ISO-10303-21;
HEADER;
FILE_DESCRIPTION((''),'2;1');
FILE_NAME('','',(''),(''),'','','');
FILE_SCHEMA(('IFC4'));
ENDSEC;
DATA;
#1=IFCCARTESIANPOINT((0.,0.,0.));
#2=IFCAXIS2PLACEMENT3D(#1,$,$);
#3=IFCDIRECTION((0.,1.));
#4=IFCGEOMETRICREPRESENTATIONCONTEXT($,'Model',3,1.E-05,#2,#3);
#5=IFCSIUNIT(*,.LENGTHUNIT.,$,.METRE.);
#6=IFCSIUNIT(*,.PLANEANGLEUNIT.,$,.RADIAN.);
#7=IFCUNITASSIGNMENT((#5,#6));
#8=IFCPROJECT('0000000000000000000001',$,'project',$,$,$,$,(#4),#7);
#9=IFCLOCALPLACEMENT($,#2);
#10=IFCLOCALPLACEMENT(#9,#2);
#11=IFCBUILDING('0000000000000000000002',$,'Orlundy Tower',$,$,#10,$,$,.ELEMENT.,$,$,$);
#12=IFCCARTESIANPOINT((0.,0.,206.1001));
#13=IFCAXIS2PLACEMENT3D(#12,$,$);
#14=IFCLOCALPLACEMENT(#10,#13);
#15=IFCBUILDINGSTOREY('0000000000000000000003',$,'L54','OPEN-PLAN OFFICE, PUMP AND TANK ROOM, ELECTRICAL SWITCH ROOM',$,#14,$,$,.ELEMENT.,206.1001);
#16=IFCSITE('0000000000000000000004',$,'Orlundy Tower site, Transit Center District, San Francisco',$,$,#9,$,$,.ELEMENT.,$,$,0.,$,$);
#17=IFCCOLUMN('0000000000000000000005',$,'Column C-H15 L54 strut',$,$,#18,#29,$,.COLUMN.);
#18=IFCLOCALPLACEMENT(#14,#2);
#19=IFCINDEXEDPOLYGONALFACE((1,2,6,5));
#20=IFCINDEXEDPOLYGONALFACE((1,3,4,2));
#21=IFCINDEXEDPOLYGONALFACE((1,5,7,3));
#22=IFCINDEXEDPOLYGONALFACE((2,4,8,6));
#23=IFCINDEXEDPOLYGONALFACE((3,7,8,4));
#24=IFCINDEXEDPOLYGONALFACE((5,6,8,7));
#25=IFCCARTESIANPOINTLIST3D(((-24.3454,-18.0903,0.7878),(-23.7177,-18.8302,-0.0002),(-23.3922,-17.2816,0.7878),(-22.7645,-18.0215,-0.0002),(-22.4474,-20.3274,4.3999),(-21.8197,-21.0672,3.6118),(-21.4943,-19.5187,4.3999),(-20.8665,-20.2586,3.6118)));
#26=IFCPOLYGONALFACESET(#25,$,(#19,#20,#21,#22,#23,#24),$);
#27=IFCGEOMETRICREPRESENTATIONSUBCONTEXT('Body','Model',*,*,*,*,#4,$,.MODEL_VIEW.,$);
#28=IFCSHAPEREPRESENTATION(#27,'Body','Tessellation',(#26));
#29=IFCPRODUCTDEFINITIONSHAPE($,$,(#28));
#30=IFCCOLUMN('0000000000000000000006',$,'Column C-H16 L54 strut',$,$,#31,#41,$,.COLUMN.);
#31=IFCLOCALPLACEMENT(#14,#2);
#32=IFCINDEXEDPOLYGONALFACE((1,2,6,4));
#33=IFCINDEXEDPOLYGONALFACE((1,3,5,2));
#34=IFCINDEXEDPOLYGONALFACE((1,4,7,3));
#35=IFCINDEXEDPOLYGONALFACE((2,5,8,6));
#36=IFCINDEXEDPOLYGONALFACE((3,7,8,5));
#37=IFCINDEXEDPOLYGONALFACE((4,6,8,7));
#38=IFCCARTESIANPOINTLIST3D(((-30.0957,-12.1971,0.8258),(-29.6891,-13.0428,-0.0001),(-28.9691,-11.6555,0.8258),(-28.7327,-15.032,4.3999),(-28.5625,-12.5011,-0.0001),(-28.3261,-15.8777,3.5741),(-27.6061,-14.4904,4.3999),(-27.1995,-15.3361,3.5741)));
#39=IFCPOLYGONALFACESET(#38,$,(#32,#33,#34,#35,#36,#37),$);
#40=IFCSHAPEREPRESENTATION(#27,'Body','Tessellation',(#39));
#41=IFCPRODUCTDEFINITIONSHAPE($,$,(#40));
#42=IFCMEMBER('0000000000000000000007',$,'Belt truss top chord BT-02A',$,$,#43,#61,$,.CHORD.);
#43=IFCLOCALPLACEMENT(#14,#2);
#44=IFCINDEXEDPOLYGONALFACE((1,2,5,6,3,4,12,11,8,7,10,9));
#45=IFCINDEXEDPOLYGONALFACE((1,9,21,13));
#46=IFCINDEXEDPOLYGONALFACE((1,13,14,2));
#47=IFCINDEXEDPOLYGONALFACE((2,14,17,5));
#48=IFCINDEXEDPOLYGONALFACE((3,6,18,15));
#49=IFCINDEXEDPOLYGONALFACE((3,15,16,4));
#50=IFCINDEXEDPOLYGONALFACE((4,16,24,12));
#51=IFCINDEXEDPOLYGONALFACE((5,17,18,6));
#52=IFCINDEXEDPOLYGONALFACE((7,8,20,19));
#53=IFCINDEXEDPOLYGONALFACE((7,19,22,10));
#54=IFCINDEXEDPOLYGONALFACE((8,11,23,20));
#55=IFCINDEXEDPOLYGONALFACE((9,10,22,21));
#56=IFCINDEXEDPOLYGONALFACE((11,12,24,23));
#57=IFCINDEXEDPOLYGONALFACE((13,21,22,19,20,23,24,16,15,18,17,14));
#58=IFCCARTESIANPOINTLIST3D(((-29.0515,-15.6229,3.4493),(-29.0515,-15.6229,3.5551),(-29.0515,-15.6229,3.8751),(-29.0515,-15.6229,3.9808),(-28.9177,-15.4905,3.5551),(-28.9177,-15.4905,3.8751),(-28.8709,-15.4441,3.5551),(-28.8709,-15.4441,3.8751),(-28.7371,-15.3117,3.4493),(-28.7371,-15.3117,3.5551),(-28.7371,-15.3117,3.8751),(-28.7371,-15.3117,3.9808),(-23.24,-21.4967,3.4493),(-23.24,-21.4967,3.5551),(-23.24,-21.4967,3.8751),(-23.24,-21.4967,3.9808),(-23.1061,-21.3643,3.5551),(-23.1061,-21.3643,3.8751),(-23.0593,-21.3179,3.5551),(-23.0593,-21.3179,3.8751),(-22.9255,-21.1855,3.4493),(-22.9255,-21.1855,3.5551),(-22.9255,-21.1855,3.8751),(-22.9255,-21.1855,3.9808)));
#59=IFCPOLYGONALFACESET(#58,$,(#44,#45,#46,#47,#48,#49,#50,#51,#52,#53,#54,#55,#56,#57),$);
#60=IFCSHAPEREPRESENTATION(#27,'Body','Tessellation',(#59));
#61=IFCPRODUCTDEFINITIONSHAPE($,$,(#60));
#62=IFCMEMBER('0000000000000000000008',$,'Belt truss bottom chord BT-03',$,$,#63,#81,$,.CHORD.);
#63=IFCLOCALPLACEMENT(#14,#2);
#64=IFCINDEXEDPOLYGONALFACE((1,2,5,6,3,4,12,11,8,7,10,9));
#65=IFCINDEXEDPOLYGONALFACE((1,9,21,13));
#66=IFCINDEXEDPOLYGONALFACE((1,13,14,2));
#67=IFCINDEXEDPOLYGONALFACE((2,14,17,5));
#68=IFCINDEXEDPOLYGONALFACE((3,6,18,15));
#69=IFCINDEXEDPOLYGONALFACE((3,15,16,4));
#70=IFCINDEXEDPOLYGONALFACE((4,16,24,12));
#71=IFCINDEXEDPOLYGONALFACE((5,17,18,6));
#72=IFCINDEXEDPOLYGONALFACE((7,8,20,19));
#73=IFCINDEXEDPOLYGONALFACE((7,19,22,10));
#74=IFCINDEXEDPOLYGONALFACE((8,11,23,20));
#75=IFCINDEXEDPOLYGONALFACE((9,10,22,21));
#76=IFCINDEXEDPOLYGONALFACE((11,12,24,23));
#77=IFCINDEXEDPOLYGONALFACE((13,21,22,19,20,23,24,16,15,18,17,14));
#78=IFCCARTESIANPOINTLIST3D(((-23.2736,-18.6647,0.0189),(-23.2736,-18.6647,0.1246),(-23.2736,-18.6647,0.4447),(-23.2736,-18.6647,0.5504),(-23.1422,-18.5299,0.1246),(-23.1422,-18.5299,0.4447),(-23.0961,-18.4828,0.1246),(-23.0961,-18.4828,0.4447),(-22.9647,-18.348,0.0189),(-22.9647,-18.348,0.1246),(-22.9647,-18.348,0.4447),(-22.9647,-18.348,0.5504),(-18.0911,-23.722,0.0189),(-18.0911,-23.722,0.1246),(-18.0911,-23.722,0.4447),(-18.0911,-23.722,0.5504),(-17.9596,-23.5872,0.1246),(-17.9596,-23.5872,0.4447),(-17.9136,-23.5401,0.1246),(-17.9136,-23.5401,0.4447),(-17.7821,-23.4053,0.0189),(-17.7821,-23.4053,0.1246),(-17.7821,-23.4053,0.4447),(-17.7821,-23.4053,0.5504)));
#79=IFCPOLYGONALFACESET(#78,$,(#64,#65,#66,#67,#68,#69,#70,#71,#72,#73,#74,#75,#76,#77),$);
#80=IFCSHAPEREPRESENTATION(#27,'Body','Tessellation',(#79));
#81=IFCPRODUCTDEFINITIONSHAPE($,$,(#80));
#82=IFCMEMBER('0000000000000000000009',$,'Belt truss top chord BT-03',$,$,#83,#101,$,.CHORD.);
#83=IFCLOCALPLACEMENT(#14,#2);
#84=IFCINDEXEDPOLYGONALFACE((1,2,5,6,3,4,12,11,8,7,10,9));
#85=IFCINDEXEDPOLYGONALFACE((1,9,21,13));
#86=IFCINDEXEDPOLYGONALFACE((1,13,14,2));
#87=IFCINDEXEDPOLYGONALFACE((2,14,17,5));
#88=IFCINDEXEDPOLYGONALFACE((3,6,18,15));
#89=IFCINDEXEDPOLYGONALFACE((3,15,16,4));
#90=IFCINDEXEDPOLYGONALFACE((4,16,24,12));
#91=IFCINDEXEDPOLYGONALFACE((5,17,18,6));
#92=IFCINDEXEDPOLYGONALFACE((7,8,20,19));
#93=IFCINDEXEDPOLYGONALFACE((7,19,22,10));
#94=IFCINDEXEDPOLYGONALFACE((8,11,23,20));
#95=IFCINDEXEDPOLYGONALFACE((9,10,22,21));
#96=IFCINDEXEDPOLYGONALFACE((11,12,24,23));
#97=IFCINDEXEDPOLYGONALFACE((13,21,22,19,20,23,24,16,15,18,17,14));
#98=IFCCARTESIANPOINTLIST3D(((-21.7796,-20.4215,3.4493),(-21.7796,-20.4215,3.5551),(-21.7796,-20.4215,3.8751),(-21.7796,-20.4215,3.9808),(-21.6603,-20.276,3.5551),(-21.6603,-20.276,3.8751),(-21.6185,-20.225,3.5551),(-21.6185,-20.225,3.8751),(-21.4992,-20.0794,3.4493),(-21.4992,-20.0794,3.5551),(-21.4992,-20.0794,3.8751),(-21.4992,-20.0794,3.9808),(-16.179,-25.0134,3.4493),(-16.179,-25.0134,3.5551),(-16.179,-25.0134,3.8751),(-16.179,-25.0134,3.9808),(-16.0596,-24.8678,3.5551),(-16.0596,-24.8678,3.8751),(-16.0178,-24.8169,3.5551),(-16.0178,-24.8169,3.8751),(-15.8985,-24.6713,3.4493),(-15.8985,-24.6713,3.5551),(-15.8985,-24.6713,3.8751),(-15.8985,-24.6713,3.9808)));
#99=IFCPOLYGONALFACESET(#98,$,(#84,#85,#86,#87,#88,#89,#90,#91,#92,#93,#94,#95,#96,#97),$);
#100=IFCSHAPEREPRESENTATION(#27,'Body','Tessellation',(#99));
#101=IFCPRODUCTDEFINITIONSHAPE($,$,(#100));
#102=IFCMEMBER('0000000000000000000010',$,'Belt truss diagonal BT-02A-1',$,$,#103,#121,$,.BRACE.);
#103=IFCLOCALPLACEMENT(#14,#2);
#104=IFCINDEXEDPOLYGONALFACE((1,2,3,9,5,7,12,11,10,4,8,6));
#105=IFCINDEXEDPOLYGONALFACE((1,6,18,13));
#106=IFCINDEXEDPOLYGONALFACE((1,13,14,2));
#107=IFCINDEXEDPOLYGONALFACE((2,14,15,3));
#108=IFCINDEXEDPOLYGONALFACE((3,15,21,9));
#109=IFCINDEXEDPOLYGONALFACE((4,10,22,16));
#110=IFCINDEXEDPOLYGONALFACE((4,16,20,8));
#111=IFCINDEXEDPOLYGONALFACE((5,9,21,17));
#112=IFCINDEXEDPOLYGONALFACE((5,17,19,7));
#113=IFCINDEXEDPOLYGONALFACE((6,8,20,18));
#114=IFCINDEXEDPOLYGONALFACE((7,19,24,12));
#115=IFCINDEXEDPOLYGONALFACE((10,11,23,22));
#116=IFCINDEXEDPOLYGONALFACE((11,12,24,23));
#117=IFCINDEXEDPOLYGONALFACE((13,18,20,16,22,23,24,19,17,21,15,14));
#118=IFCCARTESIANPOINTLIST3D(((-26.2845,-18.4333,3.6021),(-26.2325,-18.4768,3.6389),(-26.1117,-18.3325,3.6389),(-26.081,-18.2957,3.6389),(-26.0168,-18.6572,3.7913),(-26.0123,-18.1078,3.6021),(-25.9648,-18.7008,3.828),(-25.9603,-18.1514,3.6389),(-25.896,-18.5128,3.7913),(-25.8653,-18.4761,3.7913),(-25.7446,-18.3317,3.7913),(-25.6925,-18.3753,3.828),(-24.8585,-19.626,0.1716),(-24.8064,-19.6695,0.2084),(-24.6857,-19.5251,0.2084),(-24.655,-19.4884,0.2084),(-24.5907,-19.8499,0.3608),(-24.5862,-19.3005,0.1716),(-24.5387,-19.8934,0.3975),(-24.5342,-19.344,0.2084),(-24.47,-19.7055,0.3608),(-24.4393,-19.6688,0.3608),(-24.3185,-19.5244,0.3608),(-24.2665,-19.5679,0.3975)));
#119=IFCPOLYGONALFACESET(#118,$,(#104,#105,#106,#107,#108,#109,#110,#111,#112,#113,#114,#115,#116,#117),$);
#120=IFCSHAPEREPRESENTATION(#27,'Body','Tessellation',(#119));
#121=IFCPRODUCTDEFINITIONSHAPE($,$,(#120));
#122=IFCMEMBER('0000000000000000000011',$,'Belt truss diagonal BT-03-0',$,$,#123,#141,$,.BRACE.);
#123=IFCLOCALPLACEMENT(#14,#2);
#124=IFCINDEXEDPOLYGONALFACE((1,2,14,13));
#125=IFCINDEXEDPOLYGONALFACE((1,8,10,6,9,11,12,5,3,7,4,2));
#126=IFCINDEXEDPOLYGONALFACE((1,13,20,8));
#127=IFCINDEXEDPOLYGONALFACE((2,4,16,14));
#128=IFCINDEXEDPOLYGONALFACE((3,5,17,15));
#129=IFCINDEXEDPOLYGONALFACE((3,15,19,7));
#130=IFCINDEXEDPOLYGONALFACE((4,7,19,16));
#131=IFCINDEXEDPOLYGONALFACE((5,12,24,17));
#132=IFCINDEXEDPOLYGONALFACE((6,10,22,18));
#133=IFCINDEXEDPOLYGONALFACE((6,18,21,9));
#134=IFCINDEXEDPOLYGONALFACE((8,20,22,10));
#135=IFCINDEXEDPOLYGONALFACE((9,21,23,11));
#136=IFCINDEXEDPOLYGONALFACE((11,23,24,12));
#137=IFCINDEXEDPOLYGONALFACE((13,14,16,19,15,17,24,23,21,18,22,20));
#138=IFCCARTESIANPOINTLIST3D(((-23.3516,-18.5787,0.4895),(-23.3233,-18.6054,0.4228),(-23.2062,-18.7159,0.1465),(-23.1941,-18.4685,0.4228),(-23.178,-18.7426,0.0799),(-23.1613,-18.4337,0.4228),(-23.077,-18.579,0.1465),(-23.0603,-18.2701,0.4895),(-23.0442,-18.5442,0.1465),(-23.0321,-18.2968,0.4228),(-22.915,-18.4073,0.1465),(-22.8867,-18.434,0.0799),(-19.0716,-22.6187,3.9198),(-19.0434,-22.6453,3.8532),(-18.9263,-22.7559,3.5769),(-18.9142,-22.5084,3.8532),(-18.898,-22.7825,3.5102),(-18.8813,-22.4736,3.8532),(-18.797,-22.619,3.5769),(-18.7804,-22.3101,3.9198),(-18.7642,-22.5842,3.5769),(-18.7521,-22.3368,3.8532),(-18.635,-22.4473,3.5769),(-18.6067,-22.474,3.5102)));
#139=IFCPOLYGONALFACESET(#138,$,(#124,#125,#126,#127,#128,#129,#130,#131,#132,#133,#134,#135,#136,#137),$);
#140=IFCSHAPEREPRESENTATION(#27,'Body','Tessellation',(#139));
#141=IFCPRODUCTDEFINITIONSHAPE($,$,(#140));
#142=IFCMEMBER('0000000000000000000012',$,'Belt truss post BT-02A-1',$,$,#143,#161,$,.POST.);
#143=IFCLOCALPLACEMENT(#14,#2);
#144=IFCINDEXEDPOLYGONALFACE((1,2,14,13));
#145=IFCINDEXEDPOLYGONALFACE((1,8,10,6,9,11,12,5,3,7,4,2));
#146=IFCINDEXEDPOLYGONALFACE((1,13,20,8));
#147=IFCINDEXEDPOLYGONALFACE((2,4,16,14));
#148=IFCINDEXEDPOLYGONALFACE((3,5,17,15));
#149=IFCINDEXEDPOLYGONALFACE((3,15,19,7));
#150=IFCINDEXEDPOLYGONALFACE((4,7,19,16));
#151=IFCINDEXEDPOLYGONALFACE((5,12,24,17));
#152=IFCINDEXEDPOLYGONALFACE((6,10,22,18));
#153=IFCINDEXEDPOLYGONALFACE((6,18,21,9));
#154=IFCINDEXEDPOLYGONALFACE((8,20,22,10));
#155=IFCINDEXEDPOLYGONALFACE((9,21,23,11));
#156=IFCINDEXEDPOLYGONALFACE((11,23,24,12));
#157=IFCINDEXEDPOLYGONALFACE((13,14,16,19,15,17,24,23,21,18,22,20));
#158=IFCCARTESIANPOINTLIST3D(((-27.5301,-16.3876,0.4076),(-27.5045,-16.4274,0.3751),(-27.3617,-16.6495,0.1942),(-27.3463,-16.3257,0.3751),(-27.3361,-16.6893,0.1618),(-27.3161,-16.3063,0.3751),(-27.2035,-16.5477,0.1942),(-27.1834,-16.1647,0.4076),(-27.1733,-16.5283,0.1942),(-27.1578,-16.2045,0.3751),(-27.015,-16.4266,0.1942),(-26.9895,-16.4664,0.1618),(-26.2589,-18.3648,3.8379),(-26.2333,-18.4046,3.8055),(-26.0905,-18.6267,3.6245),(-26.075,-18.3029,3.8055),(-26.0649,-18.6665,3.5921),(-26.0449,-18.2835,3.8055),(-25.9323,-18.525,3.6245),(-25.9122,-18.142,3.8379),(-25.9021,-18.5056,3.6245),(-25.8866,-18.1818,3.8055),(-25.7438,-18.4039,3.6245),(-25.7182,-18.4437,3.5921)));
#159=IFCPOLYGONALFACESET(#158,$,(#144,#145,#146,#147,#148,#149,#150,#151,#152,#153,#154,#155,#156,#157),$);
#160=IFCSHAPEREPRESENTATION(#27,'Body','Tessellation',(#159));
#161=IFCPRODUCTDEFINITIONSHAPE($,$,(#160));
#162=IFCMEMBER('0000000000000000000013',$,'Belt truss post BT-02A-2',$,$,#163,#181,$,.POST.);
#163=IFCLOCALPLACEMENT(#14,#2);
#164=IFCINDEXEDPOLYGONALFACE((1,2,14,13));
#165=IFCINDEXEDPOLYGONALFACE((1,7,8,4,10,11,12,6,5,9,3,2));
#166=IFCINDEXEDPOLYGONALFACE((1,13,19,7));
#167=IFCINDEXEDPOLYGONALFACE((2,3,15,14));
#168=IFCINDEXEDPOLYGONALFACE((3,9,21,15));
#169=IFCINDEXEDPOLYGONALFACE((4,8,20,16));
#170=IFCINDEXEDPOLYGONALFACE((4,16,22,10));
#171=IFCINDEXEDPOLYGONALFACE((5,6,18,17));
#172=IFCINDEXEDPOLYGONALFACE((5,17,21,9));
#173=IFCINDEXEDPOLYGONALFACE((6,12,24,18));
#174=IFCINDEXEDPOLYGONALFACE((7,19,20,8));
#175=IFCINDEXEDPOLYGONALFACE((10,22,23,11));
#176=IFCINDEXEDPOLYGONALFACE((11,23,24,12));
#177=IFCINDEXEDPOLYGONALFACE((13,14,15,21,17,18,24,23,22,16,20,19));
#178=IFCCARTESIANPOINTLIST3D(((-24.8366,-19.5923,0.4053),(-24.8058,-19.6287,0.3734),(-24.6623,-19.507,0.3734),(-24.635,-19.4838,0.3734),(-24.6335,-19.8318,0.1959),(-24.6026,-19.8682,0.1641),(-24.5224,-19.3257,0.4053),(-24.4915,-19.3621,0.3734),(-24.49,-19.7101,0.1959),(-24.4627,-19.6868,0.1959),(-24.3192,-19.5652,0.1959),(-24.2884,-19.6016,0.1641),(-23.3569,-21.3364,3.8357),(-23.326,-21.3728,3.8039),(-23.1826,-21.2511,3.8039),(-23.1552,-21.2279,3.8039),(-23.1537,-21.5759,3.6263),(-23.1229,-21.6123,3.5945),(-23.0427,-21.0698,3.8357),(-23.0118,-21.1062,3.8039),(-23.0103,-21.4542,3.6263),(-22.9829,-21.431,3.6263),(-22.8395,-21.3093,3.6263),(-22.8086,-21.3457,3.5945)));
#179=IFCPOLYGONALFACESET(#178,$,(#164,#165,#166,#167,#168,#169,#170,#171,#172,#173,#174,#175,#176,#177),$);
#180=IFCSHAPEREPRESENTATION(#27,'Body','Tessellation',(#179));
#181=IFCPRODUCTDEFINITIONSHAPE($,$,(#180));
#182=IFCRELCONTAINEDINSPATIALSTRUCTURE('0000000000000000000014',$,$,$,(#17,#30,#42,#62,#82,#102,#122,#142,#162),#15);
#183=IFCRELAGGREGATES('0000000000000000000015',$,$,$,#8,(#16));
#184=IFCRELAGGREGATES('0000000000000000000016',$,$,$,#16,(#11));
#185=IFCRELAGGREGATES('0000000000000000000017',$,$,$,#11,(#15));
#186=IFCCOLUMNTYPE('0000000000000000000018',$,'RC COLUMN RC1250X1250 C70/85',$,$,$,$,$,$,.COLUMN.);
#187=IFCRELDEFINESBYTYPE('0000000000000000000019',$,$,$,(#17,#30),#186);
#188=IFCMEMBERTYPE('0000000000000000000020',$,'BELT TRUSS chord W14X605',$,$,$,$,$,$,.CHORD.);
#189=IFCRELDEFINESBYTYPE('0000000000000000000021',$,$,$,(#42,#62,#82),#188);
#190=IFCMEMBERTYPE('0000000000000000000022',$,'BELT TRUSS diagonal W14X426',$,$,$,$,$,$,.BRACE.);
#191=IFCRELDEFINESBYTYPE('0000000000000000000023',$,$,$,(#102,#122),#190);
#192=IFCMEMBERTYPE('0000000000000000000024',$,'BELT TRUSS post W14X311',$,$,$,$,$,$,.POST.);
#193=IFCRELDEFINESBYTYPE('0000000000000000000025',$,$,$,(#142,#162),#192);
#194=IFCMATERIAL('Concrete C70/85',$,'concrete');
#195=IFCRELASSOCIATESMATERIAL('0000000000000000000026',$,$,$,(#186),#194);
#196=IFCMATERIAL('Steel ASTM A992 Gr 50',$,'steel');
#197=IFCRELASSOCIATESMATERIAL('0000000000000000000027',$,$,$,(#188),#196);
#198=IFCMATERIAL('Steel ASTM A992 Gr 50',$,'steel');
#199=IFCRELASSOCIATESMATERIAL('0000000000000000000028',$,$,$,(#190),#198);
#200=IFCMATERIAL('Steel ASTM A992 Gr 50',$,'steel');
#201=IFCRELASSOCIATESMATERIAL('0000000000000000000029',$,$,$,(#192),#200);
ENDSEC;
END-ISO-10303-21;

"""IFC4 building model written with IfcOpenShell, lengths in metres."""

from ifc_helpers import new_model, si_unit, direction, frame, origin, origin_2d, place, context, subcontext, project, spatial, rectangle, i_section, extrude, material, material_profile, profile_set, type_object, element, save


model = new_model("IFC4")

# Units and contexts
model_context = context("Model", 3, precision=1e-05, world=origin(), true_north=direction((0.0, 1.0)))
body_context = subcontext(model_context, "Body", "Model", "MODEL_VIEW")
ifc_project = project(units=[si_unit("LENGTHUNIT", "METRE"), si_unit("PLANEANGLEUNIT", "RADIAN")], contexts=[model_context])

# Site, building, storey
site_placement = place(None, origin())
site = spatial("IfcSite", under=ifc_project, at=site_placement, Name="Orlundy Tower site, Transit Center District, San Francisco", CompositionType="ELEMENT", RefElevation=0.0)
building_placement = place(site_placement, origin())
building = spatial("IfcBuilding", under=site, at=building_placement, Name="Orlundy Tower", CompositionType="ELEMENT")
storey_placement = place(building_placement, frame((0.0, 0.0, 206.1001)))
storey = spatial("IfcBuildingStorey", under=building, at=storey_placement, Name="L54", Description="OPEN-PLAN OFFICE, PUMP AND TANK ROOM, ELECTRICAL SWITCH ROOM", CompositionType="ELEMENT", Elevation=206.1001)

# Columns
ifc_material_1 = material(Name="Concrete C70/85", Category="concrete")
ifc_material_profile_1 = material_profile(ifc_material_1, rectangle(XDim=1.25, YDim=1.25, at=origin_2d()), Name="RC1250X1250")
ifc_profile_set_1 = profile_set([ifc_material_profile_1], Name="Concrete C70/85")
column_type = type_object("IfcColumnType", Name="RC COLUMN RC1250X1250 C70/85", PredefinedType="COLUMN", material=ifc_profile_set_1)
column_1_placement = place(storey_placement, frame((-23.5549, -18.0559, 0.3938), z_axis=(0.407868, -0.480742, 0.776229), x_axis=(0.762537, 0.646945, 0.0)))
element("IfcColumn", 1, at=column_1_placement, inside=storey, type_object=column_type, Name="Column C-H15 L54 strut", PredefinedType="COLUMN", context=body_context, shape_type="SweptSolid", body=[
    extrude(rectangle(XDim=1.25, YDim=1.25, at=origin_2d()), origin(), (0.0, 0.0, 1.0), 4.6533),
])
column_2_placement = place(storey_placement, frame((-29.3291, -12.3491, 0.4128), z_axis=(0.286275, -0.595418, 0.750682), x_axis=(0.901243, 0.433314, 0.0)))
element("IfcColumn", 2, at=column_2_placement, inside=storey, type_object=column_type, Name="Column C-H16 L54 strut", PredefinedType="COLUMN", context=body_context, shape_type="SweptSolid", body=[
    extrude(rectangle(XDim=1.25, YDim=1.25, at=origin_2d()), origin(), (0.0, 0.0, 1.0), 4.7612),
])

# Members
ifc_material_2 = material(Name="Steel ASTM A992 Gr 50", Category="steel")
ifc_material_profile_2 = material_profile(ifc_material_2, i_section(OverallWidth=0.4424, OverallDepth=0.5315, WebThickness=0.0659, FlangeThickness=0.1057, at=origin_2d()), Name="W14X605")
ifc_profile_set_2 = profile_set([ifc_material_profile_2], Name="Steel ASTM A992 Gr 50")
member_type_1 = type_object("IfcMemberType", Name="BELT TRUSS chord W14X605", PredefinedType="CHORD", material=ifc_profile_set_2)
member_1_placement = place(storey_placement, frame((-28.8943, -15.4673, 3.7151), z_axis=(0.70333, -0.710864, 0.0), x_axis=(0.710864, 0.70333, 0.0)))
element("IfcMember", 3, at=member_1_placement, inside=storey, type_object=member_type_1, Name="Belt truss top chord BT-02A", PredefinedType="CHORD", context=body_context, shape_type="SweptSolid", body=[
    extrude(i_section(OverallWidth=0.4424, OverallDepth=0.5315, WebThickness=0.0659, FlangeThickness=0.1057, at=origin_2d()), origin(), (0.0, 0.0, 1.0), 8.2629),
])
member_2_placement = place(storey_placement, frame((-23.1191, -18.5063, 0.2847), z_axis=(0.715702, -0.698406, 0.0), x_axis=(0.698406, 0.715702, 0.0)))
element("IfcMember", 4, at=member_2_placement, inside=storey, type_object=member_type_1, Name="Belt truss bottom chord BT-03", PredefinedType="CHORD", context=body_context, shape_type="SweptSolid", body=[
    extrude(i_section(OverallWidth=0.4424, OverallDepth=0.5315, WebThickness=0.0659, FlangeThickness=0.1057, at=origin_2d()), origin(), (0.0, 0.0, 1.0), 7.2412),
])
member_3_placement = place(storey_placement, frame((-21.6394, -20.2505, 3.7151), z_axis=(0.773314, -0.634023, 0.0), x_axis=(0.634023, 0.773314, 0.0)))
element("IfcMember", 5, at=member_3_placement, inside=storey, type_object=member_type_1, Name="Belt truss top chord BT-03", PredefinedType="CHORD", context=body_context, shape_type="SweptSolid", body=[
    extrude(i_section(OverallWidth=0.4424, OverallDepth=0.5315, WebThickness=0.0659, FlangeThickness=0.1057, at=origin_2d()), origin(), (0.0, 0.0, 1.0), 7.2424),
])
ifc_material_3 = material(Name="Steel ASTM A992 Gr 50", Category="steel")
ifc_material_profile_3 = material_profile(ifc_material_3, i_section(OverallWidth=0.4243, OverallDepth=0.4741, WebThickness=0.0479, FlangeThickness=0.0771, at=origin_2d()), Name="W14X426")
ifc_profile_set_3 = profile_set([ifc_material_profile_3], Name="Steel ASTM A992 Gr 50")
member_type_2 = type_object("IfcMemberType", Name="BELT TRUSS diagonal W14X426", PredefinedType="BRACE", material=ifc_profile_set_3)
member_4_placement = place(storey_placement, frame((-25.9885, -18.4043, 3.7151), z_axis=(0.365483, -0.305664, -0.879199), x_axis=(0.64154, 0.76709, 0.0)))
element("IfcMember", 6, at=member_4_placement, inside=storey, type_object=member_type_2, Name="Belt truss diagonal BT-02A-1", PredefinedType="BRACE", context=body_context, shape_type="SweptSolid", body=[
    extrude(i_section(OverallWidth=0.4243, OverallDepth=0.4741, WebThickness=0.0479, FlangeThickness=0.0771, at=origin_2d()), origin(), (0.0, 0.0, 1.0), 3.9019),
])
member_5_placement = place(storey_placement, frame((-23.1191, -18.5063, 0.2847), z_axis=(0.628273, -0.593045, 0.503558), x_axis=(0.686425, 0.727201, 0.0)))
element("IfcMember", 7, at=member_5_placement, inside=storey, type_object=member_type_2, Name="Belt truss diagonal BT-03-0", PredefinedType="BRACE", context=body_context, shape_type="SweptSolid", body=[
    extrude(i_section(OverallWidth=0.4243, OverallDepth=0.4741, WebThickness=0.0479, FlangeThickness=0.0771, at=origin_2d()), origin(), (0.0, 0.0, 1.0), 6.8123),
])
ifc_material_4 = material(Name="Steel ASTM A992 Gr 50", Category="steel")
ifc_material_profile_4 = material_profile(ifc_material_4, i_section(OverallWidth=0.4121, OverallDepth=0.4348, WebThickness=0.0359, FlangeThickness=0.0574, at=origin_2d()), Name="W14X311")
ifc_profile_set_4 = profile_set([ifc_material_profile_4], Name="Steel ASTM A992 Gr 50")
member_type_3 = type_object("IfcMemberType", Name="BELT TRUSS post W14X311", PredefinedType="POST", material=ifc_profile_set_4)
member_6_placement = place(storey_placement, frame((-27.2598, -16.427, 0.2847), z_axis=(0.305693, -0.475477, 0.824908), x_axis=(0.841155, 0.540794, 0.0)))
element("IfcMember", 8, at=member_6_placement, inside=storey, type_object=member_type_3, Name="Belt truss post BT-02A-1", PredefinedType="POST", context=body_context, shape_type="SweptSolid", body=[
    extrude(i_section(OverallWidth=0.4121, OverallDepth=0.4348, WebThickness=0.0359, FlangeThickness=0.0574, at=origin_2d()), origin(), (0.0, 0.0, 1.0), 4.1584),
])
for number, where, z_axis, x_axis, name in (
    (9, (-24.5625, -19.5969, 0.2847), (0.358895, -0.423023, 0.832013), (0.762539, 0.646942, 0.0), "Belt truss post BT-02A-2"),
):
    element("IfcMember", number, at=place(storey_placement, frame(where, z_axis=z_axis, x_axis=x_axis)), inside=storey, type_object=member_type_3, Name=name, PredefinedType="POST", context=body_context, shape_type="SweptSolid", body=[
        extrude(i_section(OverallWidth=0.4121, OverallDepth=0.4348, WebThickness=0.0359, FlangeThickness=0.0574, at=origin_2d()), origin(), (0.0, 0.0, 1.0), 4.123),
    ])

save(model, "model.ifc")
